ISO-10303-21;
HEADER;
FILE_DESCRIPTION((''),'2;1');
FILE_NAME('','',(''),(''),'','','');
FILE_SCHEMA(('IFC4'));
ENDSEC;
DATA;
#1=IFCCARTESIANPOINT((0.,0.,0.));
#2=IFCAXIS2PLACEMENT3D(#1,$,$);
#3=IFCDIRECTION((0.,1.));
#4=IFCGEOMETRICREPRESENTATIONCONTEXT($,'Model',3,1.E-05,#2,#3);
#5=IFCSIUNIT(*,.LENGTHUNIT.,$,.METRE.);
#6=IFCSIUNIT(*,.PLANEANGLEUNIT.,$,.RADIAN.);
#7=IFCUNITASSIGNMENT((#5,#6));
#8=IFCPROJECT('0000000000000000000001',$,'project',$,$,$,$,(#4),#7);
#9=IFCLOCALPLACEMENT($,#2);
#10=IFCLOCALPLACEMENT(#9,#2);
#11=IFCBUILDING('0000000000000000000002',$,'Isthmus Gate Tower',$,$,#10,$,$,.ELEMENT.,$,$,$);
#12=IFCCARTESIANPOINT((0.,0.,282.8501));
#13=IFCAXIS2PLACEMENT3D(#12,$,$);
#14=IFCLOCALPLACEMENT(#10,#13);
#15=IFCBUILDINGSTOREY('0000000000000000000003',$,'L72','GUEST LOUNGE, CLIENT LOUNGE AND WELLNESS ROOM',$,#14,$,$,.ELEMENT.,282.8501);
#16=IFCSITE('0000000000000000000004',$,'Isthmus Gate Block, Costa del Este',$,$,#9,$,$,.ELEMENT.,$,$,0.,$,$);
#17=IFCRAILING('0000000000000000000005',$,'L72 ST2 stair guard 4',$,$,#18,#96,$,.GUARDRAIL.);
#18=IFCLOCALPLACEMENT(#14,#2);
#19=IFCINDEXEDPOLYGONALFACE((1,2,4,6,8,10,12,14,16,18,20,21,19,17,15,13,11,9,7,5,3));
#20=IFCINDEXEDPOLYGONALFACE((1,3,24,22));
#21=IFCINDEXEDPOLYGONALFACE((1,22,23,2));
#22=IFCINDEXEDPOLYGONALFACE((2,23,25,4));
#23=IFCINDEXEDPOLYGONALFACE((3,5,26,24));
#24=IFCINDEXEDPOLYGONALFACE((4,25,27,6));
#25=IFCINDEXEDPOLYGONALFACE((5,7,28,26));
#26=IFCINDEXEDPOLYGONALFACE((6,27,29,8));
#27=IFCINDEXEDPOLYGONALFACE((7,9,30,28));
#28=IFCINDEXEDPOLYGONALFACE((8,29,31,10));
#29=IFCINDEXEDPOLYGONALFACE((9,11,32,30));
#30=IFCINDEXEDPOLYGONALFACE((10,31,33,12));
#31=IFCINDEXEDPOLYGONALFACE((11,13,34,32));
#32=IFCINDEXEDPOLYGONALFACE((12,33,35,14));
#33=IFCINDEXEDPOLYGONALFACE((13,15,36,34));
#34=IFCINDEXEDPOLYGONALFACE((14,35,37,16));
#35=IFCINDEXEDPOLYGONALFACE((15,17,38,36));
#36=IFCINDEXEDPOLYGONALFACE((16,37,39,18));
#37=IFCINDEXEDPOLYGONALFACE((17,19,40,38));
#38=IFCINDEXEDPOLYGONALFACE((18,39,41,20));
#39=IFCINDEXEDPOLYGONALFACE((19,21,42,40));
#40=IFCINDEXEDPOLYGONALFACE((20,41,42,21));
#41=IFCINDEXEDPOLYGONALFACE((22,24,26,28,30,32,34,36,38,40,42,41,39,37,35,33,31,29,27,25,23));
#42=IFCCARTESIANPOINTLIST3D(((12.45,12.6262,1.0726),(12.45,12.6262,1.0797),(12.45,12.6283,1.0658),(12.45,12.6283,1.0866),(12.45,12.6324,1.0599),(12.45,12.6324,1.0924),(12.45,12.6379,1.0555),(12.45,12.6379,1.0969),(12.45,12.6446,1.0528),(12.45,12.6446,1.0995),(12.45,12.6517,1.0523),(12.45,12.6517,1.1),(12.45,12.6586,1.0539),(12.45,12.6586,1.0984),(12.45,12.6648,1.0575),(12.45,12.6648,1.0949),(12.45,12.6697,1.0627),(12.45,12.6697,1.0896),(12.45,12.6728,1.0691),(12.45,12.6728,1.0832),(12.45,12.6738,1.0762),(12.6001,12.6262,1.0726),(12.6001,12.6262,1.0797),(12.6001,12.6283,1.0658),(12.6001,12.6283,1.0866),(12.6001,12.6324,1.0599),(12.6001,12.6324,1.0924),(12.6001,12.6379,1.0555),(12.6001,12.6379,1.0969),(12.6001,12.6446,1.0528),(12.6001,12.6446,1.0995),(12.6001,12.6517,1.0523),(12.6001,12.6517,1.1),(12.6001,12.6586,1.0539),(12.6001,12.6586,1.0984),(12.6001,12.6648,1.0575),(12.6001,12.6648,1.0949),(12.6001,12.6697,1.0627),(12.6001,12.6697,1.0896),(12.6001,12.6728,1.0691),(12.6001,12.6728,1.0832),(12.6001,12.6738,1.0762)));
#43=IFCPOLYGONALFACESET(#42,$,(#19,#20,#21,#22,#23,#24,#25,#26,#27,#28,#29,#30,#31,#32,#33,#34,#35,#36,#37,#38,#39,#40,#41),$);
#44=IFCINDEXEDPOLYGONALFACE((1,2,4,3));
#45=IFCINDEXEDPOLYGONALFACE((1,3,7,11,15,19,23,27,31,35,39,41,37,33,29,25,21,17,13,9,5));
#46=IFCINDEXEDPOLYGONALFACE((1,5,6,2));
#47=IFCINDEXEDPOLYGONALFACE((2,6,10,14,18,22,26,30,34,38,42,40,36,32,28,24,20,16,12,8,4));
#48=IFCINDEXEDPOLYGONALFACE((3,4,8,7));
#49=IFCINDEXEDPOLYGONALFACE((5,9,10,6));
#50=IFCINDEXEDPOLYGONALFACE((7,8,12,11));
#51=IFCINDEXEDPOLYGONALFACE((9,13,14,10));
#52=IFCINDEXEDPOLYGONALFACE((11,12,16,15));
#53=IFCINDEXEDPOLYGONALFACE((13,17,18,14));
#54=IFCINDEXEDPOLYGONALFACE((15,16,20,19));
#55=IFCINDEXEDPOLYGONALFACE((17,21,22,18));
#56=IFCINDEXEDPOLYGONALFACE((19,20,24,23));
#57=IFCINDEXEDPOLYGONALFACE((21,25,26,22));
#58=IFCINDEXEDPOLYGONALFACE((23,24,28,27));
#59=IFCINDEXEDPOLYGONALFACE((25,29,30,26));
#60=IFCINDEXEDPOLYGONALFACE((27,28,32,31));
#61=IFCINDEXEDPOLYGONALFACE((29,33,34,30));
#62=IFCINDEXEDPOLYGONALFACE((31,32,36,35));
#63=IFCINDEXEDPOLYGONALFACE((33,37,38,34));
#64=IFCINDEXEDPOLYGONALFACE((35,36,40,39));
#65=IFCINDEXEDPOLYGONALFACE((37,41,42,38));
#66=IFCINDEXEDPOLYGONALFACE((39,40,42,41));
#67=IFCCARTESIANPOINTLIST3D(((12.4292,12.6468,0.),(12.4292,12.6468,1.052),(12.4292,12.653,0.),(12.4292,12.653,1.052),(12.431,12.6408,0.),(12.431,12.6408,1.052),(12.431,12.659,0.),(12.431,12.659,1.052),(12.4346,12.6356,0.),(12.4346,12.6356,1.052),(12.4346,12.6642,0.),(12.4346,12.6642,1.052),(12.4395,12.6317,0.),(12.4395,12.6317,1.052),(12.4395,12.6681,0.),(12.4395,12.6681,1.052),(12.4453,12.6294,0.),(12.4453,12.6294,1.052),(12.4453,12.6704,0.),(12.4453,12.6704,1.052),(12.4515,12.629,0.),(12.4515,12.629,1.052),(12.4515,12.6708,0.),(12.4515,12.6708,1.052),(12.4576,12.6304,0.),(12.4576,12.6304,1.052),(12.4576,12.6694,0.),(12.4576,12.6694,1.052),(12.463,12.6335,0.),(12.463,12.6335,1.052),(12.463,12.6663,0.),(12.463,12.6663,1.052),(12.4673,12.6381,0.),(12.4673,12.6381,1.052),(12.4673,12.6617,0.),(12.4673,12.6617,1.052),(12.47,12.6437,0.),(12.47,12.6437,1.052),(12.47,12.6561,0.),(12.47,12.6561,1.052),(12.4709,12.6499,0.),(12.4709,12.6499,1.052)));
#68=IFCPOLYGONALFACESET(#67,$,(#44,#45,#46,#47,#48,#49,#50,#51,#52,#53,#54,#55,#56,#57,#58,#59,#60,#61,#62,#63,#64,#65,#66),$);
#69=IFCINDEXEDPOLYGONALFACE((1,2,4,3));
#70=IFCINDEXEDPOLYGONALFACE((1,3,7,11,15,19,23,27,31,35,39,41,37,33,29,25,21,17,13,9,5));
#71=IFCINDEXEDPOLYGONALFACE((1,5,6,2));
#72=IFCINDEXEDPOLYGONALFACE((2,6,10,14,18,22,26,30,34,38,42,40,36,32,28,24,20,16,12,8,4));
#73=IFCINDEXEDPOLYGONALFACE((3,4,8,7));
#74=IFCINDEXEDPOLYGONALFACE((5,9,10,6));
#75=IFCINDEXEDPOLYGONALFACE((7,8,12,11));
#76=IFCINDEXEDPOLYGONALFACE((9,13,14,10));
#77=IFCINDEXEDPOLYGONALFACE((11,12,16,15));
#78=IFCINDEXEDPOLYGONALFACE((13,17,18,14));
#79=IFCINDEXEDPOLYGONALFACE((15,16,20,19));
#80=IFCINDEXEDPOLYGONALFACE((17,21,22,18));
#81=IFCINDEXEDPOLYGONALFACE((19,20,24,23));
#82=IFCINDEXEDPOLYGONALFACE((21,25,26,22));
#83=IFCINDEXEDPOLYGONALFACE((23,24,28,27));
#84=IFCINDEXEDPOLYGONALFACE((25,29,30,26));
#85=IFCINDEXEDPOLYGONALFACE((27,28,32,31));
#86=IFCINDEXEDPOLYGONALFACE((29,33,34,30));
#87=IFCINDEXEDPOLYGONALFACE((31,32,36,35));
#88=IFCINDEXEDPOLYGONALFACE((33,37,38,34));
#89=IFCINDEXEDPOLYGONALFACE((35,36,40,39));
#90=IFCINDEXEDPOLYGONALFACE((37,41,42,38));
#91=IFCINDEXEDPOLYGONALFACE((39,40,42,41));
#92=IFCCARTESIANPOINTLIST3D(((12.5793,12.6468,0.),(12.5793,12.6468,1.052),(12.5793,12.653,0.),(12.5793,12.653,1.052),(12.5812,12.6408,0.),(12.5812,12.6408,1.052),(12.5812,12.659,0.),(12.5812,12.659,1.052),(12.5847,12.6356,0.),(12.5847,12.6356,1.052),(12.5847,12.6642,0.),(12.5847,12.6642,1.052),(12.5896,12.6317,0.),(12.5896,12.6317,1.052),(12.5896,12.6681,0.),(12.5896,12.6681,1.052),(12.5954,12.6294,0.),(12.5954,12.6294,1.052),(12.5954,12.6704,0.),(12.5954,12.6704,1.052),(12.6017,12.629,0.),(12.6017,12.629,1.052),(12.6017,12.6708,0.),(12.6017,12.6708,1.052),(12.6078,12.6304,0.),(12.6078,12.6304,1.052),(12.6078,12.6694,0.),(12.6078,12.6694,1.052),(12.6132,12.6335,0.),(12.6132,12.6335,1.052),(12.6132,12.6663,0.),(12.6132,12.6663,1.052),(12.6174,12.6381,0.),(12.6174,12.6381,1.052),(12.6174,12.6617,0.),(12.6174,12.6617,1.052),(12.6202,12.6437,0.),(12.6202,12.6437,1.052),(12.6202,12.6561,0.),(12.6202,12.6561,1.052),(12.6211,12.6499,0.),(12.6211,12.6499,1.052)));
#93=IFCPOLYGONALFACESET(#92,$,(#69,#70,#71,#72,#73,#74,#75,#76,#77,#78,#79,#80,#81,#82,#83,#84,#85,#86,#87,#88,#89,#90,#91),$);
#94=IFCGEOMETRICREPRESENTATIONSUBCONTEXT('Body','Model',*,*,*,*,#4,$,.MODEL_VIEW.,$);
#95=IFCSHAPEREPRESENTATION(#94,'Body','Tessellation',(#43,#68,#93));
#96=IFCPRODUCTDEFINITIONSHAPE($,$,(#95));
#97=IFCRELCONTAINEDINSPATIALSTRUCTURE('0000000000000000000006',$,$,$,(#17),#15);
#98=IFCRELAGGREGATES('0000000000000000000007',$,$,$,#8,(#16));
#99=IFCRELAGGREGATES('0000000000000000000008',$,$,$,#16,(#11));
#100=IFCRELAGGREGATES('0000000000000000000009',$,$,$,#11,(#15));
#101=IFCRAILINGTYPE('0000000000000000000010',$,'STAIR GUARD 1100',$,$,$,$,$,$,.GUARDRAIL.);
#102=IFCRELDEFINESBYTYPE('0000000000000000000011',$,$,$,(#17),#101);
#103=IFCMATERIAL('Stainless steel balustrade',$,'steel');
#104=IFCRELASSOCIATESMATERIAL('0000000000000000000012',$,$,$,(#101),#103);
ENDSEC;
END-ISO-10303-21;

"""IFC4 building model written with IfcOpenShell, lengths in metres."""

from ifc_helpers import new_model, si_unit, direction, frame, origin, origin_2d, place, context, subcontext, project, spatial, circle, extrude, material, type_object, element, save


model = new_model("IFC4")

# Units and contexts
model_context = context("Model", 3, precision=1e-05, world=origin(), true_north=direction((0.0, 1.0)))
body_context = subcontext(model_context, "Body", "Model", "MODEL_VIEW")
ifc_project = project(units=[si_unit("LENGTHUNIT", "METRE"), si_unit("PLANEANGLEUNIT", "RADIAN")], contexts=[model_context])

# Site, building, storey
site_placement = place(None, origin())
site = spatial("IfcSite", under=ifc_project, at=site_placement, Name="Isthmus Gate Block, Costa del Este", CompositionType="ELEMENT", RefElevation=0.0)
building_placement = place(site_placement, origin())
building = spatial("IfcBuilding", under=site, at=building_placement, Name="Isthmus Gate Tower", CompositionType="ELEMENT")
storey_placement = place(building_placement, frame((0.0, 0.0, 282.8501)))
storey = spatial("IfcBuildingStorey", under=building, at=storey_placement, Name="L72", Description="GUEST LOUNGE, CLIENT LOUNGE AND WELLNESS ROOM", CompositionType="ELEMENT", Elevation=282.8501)

# Railing
ifc_material_1 = material(Name="Stainless steel balustrade", Category="steel")
railing_type_1 = type_object("IfcRailingType", Name="STAIR GUARD 1100", PredefinedType="GUARDRAIL", material=ifc_material_1)
railing_1_placement = place(storey_placement, frame((12.45, 12.6499, 0.0)))
element("IfcRailing", 1, at=railing_1_placement, inside=storey, type_object=railing_type_1, Name="L72 ST2 stair guard 4", PredefinedType="GUARDRAIL", context=body_context, shape_type="SweptSolid", body=[
    extrude(circle(Radius=0.0239, at=origin_2d()), frame((0.0, 0.0, 1.0762), z_axis=(1.0, 0.0, 0.0), x_axis=(0.0, 1.0, 0.0)), (0.0, 0.0, 1.0), 0.1501),
    extrude(circle(Radius=0.021, at=origin_2d()), origin(), (0.0, 0.0, 1.0), 1.052),
    extrude(circle(Radius=0.021, at=origin_2d()), frame((0.1501, 0.0, 0.0)), (0.0, 0.0, 1.0), 1.052),
])

save(model, "model.ifc")
